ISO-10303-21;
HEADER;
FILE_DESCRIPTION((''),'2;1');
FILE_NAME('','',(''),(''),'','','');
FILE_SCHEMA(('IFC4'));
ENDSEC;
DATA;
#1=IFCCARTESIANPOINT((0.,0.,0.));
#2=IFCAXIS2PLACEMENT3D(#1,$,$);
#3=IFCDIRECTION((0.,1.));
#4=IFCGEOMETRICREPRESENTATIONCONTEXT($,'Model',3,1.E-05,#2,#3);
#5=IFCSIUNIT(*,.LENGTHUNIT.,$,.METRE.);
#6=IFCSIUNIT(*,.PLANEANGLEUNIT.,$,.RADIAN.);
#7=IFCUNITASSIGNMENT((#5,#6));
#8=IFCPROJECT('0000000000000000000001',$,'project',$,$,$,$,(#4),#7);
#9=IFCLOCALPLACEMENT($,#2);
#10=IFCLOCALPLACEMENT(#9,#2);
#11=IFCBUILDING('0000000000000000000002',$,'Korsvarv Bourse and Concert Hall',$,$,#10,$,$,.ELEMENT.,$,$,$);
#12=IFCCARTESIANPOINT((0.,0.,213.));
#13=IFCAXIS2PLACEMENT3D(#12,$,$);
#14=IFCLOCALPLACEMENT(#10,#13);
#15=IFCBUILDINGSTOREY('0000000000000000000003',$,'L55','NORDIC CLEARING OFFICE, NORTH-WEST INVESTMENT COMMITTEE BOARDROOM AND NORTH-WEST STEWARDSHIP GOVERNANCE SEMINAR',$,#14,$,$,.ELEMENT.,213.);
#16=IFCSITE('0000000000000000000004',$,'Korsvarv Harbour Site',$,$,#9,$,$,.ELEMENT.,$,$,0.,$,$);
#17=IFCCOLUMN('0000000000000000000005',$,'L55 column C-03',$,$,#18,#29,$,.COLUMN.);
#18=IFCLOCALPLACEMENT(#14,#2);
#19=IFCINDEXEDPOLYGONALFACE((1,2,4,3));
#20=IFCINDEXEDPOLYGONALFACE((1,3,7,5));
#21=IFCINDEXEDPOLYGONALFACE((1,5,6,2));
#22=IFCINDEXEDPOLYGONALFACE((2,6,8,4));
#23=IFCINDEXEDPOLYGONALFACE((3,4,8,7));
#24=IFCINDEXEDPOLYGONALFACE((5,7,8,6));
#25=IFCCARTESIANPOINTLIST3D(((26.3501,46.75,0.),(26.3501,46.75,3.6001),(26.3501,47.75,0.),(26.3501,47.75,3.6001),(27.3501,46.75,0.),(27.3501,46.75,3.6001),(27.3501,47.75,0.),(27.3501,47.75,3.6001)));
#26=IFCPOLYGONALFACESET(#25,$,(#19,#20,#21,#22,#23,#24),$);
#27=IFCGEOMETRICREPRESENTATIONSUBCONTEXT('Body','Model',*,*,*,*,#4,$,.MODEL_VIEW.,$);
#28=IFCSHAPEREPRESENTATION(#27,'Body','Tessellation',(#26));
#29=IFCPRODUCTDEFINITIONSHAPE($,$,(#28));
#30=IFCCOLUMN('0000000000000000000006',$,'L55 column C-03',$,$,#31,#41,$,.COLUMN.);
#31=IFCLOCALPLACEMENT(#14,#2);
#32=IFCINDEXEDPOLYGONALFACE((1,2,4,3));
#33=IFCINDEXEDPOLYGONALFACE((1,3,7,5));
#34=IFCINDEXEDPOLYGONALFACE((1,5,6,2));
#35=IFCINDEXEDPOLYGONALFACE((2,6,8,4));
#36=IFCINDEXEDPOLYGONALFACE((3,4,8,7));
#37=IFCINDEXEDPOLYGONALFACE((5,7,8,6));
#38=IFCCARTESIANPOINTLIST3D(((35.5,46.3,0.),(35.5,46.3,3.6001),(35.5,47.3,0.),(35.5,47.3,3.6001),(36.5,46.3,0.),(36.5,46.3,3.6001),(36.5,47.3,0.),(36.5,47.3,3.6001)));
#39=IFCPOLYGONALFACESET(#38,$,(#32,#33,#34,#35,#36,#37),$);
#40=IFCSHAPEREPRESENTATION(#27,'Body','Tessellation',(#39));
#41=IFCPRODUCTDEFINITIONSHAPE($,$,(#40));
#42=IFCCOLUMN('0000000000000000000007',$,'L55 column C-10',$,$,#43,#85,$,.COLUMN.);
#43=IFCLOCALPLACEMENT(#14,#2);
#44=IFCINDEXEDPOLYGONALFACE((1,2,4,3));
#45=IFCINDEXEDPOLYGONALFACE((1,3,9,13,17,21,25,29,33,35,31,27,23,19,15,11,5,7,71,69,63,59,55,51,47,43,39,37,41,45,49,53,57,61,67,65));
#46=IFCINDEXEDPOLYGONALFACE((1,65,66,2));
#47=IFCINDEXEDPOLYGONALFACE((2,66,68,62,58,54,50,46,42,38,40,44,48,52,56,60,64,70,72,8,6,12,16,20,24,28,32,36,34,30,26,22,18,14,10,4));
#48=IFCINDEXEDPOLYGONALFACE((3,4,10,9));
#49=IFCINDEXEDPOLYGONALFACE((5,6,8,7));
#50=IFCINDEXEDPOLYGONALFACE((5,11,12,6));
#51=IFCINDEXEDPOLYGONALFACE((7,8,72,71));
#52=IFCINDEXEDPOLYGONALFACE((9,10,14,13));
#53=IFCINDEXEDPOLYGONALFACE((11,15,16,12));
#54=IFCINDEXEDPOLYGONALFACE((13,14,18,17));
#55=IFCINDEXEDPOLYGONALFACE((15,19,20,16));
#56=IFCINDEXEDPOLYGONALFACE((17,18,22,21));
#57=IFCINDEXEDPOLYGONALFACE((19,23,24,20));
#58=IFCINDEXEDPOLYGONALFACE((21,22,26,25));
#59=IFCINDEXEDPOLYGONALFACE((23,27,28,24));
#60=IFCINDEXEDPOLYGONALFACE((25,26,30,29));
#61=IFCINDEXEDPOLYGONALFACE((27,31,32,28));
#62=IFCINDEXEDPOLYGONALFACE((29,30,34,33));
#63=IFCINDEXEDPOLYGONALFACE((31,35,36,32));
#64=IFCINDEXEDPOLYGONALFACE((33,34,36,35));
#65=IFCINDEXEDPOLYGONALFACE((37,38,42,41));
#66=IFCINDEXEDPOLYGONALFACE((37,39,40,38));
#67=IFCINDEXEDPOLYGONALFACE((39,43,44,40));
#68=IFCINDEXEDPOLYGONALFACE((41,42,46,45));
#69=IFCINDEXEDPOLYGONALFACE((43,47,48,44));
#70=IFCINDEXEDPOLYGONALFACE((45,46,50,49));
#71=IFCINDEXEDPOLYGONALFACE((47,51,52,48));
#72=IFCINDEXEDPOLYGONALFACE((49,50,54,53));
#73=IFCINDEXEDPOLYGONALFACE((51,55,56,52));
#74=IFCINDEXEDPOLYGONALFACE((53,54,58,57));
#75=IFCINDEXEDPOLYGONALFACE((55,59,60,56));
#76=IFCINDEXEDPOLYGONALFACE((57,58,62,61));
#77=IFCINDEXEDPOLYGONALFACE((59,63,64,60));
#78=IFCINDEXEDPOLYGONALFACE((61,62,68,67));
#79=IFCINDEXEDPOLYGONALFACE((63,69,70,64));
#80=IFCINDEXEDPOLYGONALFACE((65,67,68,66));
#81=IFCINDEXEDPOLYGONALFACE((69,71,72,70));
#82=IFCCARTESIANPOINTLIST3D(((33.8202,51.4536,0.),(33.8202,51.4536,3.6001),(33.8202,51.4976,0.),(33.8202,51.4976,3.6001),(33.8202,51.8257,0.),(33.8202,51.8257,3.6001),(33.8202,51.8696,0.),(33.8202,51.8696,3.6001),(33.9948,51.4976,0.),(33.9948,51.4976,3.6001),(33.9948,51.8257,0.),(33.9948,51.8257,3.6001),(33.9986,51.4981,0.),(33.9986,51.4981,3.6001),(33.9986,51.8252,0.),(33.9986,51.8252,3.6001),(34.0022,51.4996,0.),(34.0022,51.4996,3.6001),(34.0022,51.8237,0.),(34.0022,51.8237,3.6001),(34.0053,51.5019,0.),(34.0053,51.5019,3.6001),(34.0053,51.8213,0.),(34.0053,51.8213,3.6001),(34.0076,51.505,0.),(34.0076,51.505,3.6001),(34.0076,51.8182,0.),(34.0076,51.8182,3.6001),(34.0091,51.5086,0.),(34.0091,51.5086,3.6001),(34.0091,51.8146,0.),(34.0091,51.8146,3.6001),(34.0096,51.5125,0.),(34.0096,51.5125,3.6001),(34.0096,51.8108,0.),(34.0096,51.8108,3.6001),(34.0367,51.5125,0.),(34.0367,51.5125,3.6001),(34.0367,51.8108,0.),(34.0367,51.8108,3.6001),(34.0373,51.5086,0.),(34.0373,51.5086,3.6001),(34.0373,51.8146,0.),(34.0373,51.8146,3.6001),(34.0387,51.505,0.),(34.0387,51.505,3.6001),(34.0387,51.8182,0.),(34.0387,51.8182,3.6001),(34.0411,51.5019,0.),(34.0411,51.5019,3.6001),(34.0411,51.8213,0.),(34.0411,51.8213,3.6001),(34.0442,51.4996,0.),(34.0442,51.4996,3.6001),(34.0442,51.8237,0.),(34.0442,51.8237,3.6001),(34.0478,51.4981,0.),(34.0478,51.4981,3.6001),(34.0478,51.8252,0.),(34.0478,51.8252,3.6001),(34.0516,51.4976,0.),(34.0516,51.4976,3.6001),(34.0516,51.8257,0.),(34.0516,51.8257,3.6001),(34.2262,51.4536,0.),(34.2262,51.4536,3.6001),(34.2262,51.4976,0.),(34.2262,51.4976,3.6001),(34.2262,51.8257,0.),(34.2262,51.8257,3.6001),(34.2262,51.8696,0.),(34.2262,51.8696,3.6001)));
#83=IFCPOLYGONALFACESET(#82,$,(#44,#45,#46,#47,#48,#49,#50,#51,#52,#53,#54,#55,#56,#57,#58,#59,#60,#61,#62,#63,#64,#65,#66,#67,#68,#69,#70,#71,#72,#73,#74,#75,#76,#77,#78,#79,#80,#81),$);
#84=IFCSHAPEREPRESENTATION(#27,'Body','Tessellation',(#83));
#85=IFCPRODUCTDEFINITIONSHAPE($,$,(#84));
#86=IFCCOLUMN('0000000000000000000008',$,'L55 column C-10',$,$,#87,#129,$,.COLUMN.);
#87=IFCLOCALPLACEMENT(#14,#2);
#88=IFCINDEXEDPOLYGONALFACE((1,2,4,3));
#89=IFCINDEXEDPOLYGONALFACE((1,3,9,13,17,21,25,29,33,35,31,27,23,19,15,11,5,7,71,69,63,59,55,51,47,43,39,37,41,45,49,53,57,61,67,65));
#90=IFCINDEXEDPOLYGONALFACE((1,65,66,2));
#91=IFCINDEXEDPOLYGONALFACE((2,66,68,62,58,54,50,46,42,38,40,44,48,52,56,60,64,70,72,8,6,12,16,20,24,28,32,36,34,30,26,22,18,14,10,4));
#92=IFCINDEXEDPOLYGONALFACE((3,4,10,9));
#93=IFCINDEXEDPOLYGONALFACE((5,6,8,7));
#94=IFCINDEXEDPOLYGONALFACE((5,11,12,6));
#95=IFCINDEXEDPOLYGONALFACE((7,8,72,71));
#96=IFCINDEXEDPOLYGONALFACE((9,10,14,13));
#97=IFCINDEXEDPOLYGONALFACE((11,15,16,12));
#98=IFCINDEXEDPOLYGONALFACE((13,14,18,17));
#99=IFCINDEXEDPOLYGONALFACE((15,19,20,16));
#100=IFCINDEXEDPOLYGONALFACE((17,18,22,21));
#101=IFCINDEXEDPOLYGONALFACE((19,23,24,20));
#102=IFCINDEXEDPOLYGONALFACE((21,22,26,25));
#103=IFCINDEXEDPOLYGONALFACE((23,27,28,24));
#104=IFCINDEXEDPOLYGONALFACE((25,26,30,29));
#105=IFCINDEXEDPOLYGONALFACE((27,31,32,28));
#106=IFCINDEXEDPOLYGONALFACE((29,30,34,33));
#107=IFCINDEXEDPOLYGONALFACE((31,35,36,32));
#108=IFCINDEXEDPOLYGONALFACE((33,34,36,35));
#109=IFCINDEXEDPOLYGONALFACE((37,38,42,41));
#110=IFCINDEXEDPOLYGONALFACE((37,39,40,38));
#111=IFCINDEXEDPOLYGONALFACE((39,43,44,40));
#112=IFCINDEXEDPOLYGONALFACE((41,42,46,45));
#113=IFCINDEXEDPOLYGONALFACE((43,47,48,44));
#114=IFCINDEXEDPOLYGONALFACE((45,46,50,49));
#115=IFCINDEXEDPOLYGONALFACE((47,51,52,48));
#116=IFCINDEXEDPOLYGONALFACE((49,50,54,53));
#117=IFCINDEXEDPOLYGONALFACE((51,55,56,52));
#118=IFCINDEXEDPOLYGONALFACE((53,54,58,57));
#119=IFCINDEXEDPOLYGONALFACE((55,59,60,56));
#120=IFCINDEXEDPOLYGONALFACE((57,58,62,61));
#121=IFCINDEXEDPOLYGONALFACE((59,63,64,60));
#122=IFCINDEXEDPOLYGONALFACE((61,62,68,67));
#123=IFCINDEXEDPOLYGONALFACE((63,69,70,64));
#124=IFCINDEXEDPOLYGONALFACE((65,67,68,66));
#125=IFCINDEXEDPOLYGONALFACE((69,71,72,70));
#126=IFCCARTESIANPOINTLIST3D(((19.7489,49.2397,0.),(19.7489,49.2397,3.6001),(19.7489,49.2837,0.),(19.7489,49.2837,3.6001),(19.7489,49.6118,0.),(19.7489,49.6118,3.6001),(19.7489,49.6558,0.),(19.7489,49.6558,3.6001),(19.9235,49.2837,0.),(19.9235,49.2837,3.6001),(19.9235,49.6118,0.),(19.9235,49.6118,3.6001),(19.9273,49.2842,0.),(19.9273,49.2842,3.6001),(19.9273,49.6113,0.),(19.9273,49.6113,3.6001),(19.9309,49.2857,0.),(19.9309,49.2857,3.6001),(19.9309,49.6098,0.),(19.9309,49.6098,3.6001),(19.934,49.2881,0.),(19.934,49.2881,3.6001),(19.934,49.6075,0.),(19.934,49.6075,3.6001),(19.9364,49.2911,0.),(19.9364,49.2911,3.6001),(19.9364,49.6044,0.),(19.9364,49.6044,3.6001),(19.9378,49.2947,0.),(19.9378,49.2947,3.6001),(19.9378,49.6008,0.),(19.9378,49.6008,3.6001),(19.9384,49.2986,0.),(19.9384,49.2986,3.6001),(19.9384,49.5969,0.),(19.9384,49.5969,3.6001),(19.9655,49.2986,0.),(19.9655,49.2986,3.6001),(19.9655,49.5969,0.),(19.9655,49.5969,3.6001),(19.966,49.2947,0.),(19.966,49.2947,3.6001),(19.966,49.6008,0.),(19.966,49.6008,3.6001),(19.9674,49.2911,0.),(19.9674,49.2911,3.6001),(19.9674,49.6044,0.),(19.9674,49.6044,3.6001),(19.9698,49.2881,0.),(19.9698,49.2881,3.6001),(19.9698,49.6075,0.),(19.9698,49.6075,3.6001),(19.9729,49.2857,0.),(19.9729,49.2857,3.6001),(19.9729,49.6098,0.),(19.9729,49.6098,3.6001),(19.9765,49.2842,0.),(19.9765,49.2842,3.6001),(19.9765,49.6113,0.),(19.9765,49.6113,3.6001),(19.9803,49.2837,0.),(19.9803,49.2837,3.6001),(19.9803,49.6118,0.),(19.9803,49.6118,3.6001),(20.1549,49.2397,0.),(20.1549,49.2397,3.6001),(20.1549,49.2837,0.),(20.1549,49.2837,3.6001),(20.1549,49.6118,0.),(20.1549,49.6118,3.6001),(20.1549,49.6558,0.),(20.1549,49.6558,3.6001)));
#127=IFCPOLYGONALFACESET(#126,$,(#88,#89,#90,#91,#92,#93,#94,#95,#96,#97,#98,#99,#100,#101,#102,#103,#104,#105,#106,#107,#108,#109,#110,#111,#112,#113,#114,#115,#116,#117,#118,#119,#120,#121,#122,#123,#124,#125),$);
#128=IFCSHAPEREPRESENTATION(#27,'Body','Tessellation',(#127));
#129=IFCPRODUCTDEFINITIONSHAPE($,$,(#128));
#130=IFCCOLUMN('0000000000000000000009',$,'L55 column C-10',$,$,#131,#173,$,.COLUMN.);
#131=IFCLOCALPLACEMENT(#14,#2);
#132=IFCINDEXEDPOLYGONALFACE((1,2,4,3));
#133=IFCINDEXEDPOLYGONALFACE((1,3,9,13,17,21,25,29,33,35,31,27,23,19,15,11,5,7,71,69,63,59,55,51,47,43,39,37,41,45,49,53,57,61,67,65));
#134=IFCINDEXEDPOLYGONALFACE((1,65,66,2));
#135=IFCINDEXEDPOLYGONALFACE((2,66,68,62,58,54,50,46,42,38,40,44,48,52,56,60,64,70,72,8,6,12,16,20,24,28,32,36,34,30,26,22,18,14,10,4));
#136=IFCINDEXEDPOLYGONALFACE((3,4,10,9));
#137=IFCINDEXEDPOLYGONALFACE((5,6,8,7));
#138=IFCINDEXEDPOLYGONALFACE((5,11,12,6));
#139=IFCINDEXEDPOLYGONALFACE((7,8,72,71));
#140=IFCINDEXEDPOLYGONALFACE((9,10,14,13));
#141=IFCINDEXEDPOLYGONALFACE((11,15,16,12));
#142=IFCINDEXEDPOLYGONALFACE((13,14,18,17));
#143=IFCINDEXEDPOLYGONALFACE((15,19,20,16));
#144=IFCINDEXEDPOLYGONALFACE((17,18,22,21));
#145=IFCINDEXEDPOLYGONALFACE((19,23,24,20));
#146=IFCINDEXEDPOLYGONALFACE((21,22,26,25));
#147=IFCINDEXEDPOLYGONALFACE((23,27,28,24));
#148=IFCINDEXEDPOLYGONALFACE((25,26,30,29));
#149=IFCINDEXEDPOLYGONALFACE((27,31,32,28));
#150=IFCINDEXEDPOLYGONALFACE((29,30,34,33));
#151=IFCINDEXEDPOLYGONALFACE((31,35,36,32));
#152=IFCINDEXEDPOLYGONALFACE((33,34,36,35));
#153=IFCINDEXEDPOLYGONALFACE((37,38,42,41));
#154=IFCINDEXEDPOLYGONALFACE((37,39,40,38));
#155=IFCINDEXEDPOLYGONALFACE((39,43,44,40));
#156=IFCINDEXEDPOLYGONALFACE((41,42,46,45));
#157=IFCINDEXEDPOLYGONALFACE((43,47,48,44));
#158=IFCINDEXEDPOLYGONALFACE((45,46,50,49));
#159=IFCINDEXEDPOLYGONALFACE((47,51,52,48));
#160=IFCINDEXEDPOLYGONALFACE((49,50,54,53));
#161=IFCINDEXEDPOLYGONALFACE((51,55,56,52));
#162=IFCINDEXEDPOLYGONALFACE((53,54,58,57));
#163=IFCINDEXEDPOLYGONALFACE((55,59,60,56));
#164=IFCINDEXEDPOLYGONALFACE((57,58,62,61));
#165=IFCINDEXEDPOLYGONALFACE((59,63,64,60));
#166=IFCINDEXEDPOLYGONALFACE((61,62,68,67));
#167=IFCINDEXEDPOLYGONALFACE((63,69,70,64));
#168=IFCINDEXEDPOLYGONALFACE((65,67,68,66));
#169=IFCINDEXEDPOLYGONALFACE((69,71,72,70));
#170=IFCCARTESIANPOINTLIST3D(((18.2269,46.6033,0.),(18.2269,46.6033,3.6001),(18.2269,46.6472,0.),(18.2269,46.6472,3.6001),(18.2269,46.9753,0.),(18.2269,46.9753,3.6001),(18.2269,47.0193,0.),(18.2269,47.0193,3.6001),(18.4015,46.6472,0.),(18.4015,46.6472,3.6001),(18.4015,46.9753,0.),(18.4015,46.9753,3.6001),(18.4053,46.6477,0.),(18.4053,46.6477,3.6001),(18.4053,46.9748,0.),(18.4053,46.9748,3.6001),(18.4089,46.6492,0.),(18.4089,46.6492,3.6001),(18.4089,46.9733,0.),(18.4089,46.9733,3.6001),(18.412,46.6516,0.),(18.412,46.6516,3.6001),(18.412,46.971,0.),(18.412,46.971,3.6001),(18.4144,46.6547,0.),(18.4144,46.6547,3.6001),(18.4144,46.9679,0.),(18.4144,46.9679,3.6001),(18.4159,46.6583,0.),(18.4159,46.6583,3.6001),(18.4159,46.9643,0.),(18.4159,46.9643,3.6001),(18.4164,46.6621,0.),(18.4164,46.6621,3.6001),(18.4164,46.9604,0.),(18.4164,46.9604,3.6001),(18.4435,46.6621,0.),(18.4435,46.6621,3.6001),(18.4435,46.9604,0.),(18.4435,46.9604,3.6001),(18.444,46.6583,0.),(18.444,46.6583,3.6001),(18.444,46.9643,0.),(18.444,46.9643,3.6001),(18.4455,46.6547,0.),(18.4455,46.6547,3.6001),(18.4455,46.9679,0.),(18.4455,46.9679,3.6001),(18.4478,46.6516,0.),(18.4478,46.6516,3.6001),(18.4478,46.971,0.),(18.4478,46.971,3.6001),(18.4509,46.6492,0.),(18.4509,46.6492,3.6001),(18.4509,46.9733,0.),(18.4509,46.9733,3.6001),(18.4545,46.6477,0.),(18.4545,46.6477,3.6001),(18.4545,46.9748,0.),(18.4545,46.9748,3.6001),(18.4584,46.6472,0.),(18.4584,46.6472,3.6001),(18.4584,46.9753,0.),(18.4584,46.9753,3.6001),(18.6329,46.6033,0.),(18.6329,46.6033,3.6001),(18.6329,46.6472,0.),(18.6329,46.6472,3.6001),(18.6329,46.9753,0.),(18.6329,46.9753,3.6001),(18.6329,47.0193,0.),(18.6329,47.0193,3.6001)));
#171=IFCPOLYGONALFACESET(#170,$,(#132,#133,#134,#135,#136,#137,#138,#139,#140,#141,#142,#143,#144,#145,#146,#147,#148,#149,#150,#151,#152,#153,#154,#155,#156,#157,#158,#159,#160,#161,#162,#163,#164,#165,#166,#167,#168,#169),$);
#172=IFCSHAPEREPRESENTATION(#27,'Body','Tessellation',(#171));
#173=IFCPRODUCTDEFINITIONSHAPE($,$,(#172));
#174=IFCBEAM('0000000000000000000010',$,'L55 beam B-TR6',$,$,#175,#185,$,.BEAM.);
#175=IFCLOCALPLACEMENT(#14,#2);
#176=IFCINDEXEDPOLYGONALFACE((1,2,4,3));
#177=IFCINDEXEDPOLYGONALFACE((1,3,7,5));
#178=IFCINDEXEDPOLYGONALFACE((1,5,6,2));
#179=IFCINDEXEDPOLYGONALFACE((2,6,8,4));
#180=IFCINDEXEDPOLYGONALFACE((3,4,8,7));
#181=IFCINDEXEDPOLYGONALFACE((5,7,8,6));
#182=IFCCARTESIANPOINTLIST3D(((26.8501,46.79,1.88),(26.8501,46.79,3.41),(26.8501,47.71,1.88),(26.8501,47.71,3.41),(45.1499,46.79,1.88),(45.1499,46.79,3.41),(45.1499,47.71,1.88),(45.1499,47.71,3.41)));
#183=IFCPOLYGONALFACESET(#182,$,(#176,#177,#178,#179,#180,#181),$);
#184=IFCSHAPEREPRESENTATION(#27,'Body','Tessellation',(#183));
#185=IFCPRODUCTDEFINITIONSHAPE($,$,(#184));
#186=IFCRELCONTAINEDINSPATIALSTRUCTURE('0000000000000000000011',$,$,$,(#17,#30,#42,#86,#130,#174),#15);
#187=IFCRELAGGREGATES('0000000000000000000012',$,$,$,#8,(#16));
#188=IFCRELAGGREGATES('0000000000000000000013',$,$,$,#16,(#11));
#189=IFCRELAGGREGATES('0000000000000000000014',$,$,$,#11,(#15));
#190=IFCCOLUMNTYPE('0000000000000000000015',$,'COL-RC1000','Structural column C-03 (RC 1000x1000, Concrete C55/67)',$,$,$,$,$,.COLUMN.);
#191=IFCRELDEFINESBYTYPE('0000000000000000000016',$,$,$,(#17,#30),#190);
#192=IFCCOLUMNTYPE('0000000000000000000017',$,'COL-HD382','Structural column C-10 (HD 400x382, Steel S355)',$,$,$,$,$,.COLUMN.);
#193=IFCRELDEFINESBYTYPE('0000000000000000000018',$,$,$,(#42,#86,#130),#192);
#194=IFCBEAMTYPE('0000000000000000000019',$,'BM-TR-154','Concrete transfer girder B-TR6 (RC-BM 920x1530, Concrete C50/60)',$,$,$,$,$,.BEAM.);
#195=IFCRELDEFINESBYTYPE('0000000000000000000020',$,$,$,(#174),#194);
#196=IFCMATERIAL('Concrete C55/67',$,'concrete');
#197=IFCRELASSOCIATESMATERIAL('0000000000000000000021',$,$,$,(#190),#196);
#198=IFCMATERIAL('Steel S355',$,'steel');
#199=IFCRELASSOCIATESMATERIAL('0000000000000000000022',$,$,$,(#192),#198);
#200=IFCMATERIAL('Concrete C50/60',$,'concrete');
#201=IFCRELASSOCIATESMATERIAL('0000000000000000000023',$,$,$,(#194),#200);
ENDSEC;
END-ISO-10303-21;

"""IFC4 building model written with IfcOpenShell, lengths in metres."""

from ifc_helpers import new_model, si_unit, direction, frame, origin, origin_2d, place, context, subcontext, project, spatial, rectangle, i_section, extrude, source, transform, mapped, material, material_profile, profile_set, type_object, element, save


model = new_model("IFC4")

# Units and contexts
model_context = context("Model", 3, precision=1e-05, world=origin(), true_north=direction((0.0, 1.0)))
body_context = subcontext(model_context, "Body", "Model", "MODEL_VIEW")
ifc_project = project(units=[si_unit("LENGTHUNIT", "METRE"), si_unit("PLANEANGLEUNIT", "RADIAN")], contexts=[model_context])

# Site, building, storey
site_placement = place(None, origin())
site = spatial("IfcSite", under=ifc_project, at=site_placement, Name="Korsvarv Harbour Site", CompositionType="ELEMENT", RefElevation=0.0)
building_placement = place(site_placement, origin())
building = spatial("IfcBuilding", under=site, at=building_placement, Name="Korsvarv Bourse and Concert Hall", CompositionType="ELEMENT")
storey_placement = place(building_placement, frame((0.0, 0.0, 213.0)))
storey = spatial("IfcBuildingStorey", under=building, at=storey_placement, Name="L55", Description="NORDIC CLEARING OFFICE, NORTH-WEST INVESTMENT COMMITTEE BOARDROOM AND NORTH-WEST STEWARDSHIP GOVERNANCE SEMINAR", CompositionType="ELEMENT", Elevation=213.0)

# Columns
ifc_material_1 = material(Name="Concrete C55/67", Category="concrete")
ifc_material_profile_1 = material_profile(ifc_material_1, rectangle(XDim=1.0, YDim=1.0, at=origin_2d()), Name="RC 1000x1000")
ifc_profile_set_1 = profile_set([ifc_material_profile_1], Name="Concrete C55/67")
column_type_1 = type_object("IfcColumnType", Name="COL-RC1000", Description="Structural column C-03 (RC 1000x1000, Concrete C55/67)", PredefinedType="COLUMN", material=ifc_profile_set_1)
shared_shape_1 = source(origin(), body_context, "Body", "SweptSolid", [
    extrude(rectangle(XDim=1.0, YDim=1.0, at=origin_2d()), origin(), (0.0, 0.0, 1.0), 3.6001),
])
for number, where, z_axis, x_axis, name in (
    (1, (26.8501, 47.25, 0.0), (0.0, 0.0, 1.0), (1.0, 0.0, 0.0), "L55 column C-03"),
    (2, (36.0, 46.8, 0.0), (0.0, 0.0, 1.0), (1.0, 0.0, 0.0), "L55 column C-03"),
):
    element("IfcColumn", number, at=place(storey_placement, frame(where, z_axis=z_axis, x_axis=x_axis)), inside=storey, type_object=column_type_1, Name=name, PredefinedType="COLUMN", context=body_context, shape_type="MappedRepresentation", body=[
        mapped(shared_shape_1, transform((0.0, 0.0, 0.0), scale=1.0)),
    ])
ifc_material_2 = material(Name="Steel S355", Category="steel")
ifc_material_profile_2 = material_profile(ifc_material_2, i_section(OverallWidth=0.406, OverallDepth=0.416, WebThickness=0.0271, FlangeThickness=0.0439, FilletRadius=0.0149, at=origin_2d()), Name="HD 400x382")
ifc_profile_set_2 = profile_set([ifc_material_profile_2], Name="Steel S355")
column_type_2 = type_object("IfcColumnType", Name="COL-HD382", Description="Structural column C-10 (HD 400x382, Steel S355)", PredefinedType="COLUMN", material=ifc_profile_set_2)
shared_shape_2 = source(origin(), body_context, "Body", "SweptSolid", [
    extrude(i_section(OverallWidth=0.406, OverallDepth=0.416, WebThickness=0.0271, FlangeThickness=0.0439, FilletRadius=0.0149, at=origin_2d()), origin(), (0.0, 0.0, 1.0), 3.6001),
])
for number, where, z_axis, x_axis, name in (
    (3, (34.0232, 51.6616, 0.0), (0.0, 0.0, 1.0), (1.0, 0.0, 0.0), "L55 column C-10"),
    (4, (19.9519, 49.4478, 0.0), (0.0, 0.0, 1.0), (1.0, 0.0, 0.0), "L55 column C-10"),
    (5, (18.4299, 46.8113, 0.0), (0.0, 0.0, 1.0), (1.0, 0.0, 0.0), "L55 column C-10"),
):
    element("IfcColumn", number, at=place(storey_placement, frame(where, z_axis=z_axis, x_axis=x_axis)), inside=storey, type_object=column_type_2, Name=name, PredefinedType="COLUMN", context=body_context, shape_type="MappedRepresentation", body=[
        mapped(shared_shape_2, transform((0.0, 0.0, 0.0), scale=1.0)),
    ])

# Beam
ifc_material_3 = material(Name="Concrete C50/60", Category="concrete")
ifc_material_profile_3 = material_profile(ifc_material_3, rectangle(XDim=0.9199, YDim=1.53, at=origin_2d()), Name="RC-BM 920x1530")
ifc_profile_set_3 = profile_set([ifc_material_profile_3], Name="Concrete C50/60")
beam_type_1 = type_object("IfcBeamType", Name="BM-TR-154", Description="Concrete transfer girder B-TR6 (RC-BM 920x1530, Concrete C50/60)", PredefinedType="BEAM", material=ifc_profile_set_3)
shared_shape_3 = source(origin(), body_context, "Body", "SweptSolid", [
    extrude(rectangle(XDim=0.9199, YDim=1.53, at=origin_2d()), origin(), (0.0, 0.0, 1.0), 18.2998),
])
beam_1_placement = place(storey_placement, frame((26.8501, 47.25, 2.645), z_axis=(1.0, 0.0, 0.0), x_axis=(0.0, 1.0, 0.0)))
element("IfcBeam", 6, at=beam_1_placement, inside=storey, type_object=beam_type_1, Name="L55 beam B-TR6", PredefinedType="BEAM", context=body_context, shape_type="MappedRepresentation", body=[
    mapped(shared_shape_3, transform((0.0, 0.0, 0.0), scale=1.0)),
])

save(model, "model.ifc")
